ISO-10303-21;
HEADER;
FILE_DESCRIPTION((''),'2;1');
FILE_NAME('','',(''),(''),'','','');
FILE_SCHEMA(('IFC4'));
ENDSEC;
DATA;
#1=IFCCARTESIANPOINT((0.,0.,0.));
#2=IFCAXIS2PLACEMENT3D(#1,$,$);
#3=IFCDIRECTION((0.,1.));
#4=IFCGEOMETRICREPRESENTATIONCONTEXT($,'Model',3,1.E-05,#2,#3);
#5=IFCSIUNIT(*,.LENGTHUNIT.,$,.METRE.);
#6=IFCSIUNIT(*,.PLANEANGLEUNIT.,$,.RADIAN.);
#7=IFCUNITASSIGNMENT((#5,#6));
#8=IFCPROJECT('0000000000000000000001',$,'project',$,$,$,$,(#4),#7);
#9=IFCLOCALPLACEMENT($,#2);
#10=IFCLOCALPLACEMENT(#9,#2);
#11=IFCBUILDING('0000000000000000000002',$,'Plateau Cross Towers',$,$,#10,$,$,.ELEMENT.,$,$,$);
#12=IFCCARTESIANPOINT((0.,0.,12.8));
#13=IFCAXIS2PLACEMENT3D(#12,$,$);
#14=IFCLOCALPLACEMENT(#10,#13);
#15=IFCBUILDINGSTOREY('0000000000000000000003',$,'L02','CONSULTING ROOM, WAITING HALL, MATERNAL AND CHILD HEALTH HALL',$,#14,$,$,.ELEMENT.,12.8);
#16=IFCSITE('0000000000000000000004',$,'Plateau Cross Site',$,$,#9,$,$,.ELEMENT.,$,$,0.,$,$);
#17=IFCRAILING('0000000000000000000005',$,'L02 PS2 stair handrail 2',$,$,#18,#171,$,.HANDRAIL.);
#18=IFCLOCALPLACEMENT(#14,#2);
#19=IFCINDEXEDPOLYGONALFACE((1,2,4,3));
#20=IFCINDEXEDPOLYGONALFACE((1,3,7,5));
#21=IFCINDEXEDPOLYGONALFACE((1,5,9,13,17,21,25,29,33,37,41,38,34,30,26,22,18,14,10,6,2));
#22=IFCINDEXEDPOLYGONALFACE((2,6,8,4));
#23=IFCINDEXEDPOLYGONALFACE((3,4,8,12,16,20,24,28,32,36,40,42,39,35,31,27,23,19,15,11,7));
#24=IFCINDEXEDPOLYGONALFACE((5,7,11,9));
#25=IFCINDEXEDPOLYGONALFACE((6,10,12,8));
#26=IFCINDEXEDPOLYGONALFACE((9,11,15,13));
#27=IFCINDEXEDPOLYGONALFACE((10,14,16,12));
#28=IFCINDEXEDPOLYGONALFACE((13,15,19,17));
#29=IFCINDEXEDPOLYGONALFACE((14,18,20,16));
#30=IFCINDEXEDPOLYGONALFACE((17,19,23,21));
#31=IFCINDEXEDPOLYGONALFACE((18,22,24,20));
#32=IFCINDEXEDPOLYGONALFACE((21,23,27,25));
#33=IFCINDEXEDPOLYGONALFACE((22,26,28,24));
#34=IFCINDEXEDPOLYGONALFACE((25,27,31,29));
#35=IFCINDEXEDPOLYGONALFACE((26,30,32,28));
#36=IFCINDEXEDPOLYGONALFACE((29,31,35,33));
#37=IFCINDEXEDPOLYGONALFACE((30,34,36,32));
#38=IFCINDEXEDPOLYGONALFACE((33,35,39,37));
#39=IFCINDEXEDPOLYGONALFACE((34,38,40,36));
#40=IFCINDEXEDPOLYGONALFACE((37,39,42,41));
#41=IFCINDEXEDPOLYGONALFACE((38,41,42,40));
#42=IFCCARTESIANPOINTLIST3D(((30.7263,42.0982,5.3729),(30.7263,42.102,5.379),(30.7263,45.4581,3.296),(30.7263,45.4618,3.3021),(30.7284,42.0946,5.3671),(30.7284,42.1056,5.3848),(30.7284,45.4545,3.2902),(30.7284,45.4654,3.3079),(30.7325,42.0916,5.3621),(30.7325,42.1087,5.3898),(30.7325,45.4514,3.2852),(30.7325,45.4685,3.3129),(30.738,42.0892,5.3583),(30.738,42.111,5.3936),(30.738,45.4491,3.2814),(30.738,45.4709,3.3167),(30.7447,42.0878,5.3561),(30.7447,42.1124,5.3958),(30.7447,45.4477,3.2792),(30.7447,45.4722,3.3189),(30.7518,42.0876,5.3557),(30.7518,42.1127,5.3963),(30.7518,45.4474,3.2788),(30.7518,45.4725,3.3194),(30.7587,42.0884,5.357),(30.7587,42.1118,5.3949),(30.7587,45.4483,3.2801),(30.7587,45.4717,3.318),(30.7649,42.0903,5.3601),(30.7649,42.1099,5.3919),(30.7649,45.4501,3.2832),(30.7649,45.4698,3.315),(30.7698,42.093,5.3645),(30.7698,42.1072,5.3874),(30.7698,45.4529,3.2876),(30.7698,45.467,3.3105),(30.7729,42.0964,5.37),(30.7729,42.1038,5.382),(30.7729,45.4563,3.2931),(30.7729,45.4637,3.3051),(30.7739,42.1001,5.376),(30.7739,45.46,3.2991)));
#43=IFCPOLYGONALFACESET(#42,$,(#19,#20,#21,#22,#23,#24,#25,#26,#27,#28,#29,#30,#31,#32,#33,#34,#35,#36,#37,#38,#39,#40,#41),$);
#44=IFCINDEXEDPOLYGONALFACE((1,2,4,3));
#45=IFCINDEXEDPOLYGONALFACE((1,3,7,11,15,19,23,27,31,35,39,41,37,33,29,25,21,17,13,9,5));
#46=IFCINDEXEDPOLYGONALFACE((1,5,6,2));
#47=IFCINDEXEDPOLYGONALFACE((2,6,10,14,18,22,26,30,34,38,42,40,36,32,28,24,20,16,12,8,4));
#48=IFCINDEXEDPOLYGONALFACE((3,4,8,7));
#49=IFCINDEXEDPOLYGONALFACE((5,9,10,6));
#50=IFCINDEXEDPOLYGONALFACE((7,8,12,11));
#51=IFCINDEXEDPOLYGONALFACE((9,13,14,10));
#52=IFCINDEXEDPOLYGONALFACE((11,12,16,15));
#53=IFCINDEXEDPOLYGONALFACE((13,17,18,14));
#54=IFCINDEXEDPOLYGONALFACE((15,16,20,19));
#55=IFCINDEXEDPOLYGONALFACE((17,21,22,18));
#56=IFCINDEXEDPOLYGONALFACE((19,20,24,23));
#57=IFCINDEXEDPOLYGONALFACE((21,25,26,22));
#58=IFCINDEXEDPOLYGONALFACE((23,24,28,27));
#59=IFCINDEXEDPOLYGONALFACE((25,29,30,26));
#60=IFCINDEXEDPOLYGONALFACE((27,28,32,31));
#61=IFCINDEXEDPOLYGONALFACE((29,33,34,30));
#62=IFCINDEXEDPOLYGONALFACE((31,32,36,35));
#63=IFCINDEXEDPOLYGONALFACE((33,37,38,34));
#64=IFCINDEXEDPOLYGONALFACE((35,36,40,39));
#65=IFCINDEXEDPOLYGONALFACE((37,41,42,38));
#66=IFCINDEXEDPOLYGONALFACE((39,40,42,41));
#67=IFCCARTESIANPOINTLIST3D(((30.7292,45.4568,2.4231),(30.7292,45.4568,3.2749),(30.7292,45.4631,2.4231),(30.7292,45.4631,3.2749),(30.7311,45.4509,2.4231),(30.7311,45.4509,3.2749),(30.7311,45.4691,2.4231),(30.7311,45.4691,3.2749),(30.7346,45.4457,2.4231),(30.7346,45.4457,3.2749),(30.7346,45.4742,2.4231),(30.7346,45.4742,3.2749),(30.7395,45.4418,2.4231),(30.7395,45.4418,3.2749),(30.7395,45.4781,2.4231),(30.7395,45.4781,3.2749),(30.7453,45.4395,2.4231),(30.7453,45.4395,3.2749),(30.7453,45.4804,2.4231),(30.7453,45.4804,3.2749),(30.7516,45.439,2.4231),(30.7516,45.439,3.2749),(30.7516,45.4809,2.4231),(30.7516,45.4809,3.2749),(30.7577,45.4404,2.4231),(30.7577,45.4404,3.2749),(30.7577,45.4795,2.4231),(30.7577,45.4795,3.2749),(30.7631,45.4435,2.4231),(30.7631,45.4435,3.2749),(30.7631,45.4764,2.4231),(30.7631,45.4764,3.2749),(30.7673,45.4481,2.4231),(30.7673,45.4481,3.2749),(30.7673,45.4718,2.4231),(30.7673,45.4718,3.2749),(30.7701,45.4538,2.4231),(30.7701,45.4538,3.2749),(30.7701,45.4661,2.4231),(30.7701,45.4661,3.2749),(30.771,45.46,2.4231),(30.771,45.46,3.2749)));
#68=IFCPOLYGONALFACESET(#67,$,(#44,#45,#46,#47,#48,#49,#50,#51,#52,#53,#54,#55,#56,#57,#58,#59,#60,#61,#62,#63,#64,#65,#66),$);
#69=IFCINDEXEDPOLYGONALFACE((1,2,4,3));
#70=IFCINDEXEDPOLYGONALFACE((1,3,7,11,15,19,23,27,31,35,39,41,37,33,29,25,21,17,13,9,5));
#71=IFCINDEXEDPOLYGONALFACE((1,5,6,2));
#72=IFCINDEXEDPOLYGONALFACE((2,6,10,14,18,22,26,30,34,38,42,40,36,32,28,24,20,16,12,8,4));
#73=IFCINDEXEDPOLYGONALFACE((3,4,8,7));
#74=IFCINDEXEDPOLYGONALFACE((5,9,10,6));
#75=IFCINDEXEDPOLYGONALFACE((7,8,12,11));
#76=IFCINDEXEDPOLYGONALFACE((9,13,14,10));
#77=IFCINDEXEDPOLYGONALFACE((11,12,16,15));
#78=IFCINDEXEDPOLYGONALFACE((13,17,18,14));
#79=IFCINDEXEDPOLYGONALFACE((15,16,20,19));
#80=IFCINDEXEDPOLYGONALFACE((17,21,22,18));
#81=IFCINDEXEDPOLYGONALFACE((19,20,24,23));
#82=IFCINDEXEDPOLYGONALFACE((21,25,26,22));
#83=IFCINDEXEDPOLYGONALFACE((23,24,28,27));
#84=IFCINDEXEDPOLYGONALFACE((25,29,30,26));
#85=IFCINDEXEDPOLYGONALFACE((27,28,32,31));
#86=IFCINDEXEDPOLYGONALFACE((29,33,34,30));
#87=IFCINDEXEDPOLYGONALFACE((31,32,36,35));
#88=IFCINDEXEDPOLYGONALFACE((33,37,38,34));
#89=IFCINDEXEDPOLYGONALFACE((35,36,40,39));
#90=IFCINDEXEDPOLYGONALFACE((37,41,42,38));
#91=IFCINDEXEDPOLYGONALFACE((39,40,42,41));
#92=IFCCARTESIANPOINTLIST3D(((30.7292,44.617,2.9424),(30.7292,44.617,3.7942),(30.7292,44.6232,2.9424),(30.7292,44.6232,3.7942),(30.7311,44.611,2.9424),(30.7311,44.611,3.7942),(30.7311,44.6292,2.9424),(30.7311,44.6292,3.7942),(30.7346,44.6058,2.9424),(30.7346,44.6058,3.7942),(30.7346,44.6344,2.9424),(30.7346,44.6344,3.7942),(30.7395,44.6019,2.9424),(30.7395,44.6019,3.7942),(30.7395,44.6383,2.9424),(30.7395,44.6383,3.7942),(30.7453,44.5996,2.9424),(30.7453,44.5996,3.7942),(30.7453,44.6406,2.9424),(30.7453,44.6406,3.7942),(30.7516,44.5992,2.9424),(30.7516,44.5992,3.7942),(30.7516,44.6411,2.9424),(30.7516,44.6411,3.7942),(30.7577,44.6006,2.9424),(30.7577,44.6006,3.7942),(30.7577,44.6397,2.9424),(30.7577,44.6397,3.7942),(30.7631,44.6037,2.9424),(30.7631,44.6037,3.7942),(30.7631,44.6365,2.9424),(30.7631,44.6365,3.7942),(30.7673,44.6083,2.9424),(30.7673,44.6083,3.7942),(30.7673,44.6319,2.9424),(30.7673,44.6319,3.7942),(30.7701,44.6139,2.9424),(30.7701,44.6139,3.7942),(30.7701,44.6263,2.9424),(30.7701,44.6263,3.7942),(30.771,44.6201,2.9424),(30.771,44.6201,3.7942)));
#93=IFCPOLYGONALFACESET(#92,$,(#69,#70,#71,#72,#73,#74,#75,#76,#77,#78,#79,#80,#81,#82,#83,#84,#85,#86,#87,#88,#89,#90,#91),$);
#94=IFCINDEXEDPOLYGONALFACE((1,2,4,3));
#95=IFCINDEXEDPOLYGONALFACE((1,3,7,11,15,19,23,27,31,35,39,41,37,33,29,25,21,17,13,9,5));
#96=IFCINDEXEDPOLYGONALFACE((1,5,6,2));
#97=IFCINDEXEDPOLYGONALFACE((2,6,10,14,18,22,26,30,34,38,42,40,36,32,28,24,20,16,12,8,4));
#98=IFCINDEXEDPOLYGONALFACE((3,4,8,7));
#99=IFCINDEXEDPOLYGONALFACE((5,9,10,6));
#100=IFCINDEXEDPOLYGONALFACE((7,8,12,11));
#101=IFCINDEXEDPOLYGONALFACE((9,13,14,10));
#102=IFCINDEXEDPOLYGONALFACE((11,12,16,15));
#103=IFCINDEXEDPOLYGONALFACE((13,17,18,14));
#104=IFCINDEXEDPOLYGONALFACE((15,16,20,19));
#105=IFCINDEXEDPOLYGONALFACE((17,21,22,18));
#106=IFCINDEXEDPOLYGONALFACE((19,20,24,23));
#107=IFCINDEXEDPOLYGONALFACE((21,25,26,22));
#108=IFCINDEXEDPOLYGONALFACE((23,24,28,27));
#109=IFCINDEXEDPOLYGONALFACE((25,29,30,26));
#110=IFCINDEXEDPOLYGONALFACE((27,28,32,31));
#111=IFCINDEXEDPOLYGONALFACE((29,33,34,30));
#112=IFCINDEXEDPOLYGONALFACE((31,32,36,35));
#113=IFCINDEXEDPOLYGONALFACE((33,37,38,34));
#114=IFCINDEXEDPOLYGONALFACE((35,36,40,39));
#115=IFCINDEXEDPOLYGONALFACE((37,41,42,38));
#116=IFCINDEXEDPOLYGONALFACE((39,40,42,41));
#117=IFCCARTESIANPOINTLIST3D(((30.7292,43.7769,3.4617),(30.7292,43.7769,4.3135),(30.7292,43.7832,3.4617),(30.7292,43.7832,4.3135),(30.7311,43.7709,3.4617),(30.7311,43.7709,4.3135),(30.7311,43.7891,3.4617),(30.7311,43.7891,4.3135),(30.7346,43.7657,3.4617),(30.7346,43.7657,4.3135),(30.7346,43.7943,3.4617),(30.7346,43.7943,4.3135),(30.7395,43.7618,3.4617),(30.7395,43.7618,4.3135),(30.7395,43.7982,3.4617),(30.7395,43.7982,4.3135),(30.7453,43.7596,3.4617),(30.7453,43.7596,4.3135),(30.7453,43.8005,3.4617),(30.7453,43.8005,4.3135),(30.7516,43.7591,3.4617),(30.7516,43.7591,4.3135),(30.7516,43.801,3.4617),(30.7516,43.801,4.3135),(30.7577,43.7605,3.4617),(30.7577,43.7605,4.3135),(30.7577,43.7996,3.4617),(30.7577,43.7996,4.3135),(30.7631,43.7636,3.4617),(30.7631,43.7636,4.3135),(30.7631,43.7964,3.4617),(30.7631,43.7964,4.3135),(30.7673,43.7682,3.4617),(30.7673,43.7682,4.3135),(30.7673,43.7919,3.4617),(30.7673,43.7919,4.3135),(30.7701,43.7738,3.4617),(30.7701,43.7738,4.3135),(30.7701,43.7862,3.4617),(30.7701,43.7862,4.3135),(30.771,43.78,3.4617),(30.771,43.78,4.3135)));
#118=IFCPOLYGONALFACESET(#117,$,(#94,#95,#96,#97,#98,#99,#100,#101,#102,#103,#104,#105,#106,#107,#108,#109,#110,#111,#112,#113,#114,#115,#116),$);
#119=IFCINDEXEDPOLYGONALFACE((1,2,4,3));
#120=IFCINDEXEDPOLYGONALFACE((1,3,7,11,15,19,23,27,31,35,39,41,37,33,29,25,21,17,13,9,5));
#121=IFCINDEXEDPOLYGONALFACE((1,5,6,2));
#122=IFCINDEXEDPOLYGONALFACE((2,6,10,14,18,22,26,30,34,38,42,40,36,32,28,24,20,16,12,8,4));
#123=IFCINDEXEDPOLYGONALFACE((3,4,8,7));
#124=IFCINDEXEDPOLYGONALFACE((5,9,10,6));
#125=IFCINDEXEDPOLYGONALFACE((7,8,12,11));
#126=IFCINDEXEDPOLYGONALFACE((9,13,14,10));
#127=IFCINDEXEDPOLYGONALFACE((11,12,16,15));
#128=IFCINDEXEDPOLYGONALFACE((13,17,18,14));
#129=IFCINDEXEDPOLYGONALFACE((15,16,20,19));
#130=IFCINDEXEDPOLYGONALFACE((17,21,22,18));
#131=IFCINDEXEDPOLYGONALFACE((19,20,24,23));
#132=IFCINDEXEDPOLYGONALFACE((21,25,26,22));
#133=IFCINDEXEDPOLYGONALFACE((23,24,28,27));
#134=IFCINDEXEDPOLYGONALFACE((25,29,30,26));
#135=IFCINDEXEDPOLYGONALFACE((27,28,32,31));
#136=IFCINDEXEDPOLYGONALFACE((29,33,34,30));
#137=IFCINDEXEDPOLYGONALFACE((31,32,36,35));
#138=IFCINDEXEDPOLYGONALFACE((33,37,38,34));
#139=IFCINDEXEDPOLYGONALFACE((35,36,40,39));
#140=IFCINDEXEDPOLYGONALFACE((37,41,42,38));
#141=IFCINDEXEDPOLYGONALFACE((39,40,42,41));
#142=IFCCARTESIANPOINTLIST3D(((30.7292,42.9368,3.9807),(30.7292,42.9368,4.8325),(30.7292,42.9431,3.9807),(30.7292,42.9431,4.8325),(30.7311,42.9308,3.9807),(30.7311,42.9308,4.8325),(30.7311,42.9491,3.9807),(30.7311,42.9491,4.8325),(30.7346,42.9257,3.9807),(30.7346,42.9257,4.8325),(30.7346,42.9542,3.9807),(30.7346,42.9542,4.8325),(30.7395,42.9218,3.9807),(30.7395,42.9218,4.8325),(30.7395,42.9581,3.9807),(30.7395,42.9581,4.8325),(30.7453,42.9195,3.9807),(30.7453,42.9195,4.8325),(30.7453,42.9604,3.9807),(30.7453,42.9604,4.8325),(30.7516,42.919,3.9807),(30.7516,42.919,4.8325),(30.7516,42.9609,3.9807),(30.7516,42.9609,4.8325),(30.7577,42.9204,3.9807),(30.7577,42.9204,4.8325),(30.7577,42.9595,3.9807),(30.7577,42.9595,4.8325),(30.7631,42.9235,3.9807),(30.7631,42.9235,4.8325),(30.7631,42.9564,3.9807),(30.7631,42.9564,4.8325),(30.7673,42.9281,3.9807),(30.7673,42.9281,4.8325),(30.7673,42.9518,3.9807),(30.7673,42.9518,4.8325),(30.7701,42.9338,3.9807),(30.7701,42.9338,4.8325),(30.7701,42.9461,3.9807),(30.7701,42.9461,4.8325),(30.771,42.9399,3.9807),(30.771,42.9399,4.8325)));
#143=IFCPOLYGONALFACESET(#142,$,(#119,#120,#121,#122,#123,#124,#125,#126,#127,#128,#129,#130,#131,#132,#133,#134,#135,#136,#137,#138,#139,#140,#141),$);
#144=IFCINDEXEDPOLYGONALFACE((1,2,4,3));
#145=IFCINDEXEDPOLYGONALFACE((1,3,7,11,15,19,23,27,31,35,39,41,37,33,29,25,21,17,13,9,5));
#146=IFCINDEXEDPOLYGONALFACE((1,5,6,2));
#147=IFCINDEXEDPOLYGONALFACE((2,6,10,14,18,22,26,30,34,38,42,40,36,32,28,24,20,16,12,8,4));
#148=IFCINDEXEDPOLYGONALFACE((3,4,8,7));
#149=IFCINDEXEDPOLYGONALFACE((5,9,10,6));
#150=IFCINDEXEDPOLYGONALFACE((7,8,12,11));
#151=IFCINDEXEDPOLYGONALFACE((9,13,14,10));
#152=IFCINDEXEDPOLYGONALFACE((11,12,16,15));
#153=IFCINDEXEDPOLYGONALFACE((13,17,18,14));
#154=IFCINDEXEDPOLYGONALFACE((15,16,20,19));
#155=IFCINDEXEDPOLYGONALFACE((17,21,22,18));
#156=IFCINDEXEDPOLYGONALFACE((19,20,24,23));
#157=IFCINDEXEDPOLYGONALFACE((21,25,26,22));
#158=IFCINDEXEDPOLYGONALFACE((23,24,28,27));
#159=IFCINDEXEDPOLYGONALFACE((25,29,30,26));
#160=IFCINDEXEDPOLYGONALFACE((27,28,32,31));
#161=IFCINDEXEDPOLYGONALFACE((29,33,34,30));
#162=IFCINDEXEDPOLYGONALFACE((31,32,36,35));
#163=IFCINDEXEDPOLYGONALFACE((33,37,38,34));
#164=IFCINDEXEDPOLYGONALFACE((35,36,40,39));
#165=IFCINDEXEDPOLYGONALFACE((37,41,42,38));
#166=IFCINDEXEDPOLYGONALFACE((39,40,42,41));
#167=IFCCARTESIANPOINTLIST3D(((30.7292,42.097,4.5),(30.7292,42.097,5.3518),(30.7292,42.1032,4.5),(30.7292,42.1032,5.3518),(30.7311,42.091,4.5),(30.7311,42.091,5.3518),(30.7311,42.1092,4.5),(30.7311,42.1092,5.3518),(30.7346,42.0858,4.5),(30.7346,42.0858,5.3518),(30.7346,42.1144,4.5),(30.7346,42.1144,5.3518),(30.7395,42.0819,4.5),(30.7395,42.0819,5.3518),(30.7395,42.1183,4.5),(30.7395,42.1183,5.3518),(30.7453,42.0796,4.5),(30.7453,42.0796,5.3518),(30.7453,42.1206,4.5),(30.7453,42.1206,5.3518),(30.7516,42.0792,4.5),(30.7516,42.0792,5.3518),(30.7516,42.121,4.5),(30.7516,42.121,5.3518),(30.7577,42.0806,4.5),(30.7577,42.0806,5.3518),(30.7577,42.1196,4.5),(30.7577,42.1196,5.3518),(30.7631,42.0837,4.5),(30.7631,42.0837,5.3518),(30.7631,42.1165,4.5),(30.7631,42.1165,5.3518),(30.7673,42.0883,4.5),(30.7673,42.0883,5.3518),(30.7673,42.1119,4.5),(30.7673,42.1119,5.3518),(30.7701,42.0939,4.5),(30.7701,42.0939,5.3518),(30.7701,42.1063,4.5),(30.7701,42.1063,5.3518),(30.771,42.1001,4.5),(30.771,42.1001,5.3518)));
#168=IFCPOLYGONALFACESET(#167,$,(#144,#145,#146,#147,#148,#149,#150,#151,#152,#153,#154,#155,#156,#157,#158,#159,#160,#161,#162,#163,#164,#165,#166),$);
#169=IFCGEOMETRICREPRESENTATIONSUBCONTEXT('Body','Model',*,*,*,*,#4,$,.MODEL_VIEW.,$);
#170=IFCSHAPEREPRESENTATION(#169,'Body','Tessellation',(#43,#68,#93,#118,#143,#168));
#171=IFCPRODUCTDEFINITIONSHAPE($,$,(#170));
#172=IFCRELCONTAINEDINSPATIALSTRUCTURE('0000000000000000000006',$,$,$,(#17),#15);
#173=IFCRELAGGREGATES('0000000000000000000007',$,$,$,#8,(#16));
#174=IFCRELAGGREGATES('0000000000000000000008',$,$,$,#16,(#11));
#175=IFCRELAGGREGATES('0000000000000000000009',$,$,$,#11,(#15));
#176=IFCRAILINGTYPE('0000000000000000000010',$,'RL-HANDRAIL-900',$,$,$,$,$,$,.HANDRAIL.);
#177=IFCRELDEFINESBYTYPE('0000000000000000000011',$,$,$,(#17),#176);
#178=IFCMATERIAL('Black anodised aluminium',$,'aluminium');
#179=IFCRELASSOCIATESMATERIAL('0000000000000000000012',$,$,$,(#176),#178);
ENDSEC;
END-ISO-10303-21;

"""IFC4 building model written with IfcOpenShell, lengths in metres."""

from ifc_helpers import new_model, si_unit, direction, frame, origin, origin_2d, place, context, subcontext, project, spatial, circle, extrude, material, type_object, element, save


model = new_model("IFC4")

# Units and contexts
model_context = context("Model", 3, precision=1e-05, world=origin(), true_north=direction((0.0, 1.0)))
body_context = subcontext(model_context, "Body", "Model", "MODEL_VIEW")
ifc_project = project(units=[si_unit("LENGTHUNIT", "METRE"), si_unit("PLANEANGLEUNIT", "RADIAN")], contexts=[model_context])

# Site, building, storey
site_placement = place(None, origin())
site = spatial("IfcSite", under=ifc_project, at=site_placement, Name="Plateau Cross Site", CompositionType="ELEMENT", RefElevation=0.0)
building_placement = place(site_placement, origin())
building = spatial("IfcBuilding", under=site, at=building_placement, Name="Plateau Cross Towers", CompositionType="ELEMENT")
storey_placement = place(building_placement, frame((0.0, 0.0, 12.8)))
storey = spatial("IfcBuildingStorey", under=building, at=storey_placement, Name="L02", Description="CONSULTING ROOM, WAITING HALL, MATERNAL AND CHILD HEALTH HALL", CompositionType="ELEMENT", Elevation=12.8)

# Shared definitions
ifc_material_1 = material(Name="Black anodised aluminium", Category="aluminium")

# Railing
railing_type_1 = type_object("IfcRailingType", Name="RL-HANDRAIL-900", PredefinedType="HANDRAIL", material=ifc_material_1)
railing_1_placement = place(storey_placement, frame((30.75, 45.46, 2.4231)))
element("IfcRailing", 1, at=railing_1_placement, inside=storey, type_object=railing_type_1, Name="L02 PS2 stair handrail 2", PredefinedType="HANDRAIL", context=body_context, shape_type="SweptSolid", body=[
    extrude(circle(Radius=0.0239, at=origin_2d()), frame((0.0, 0.0, 0.876), z_axis=(0.0, -0.850606, 0.525803), x_axis=(1.0, 0.0, 0.0)), (0.0, 0.0, 1.0), 3.95),
    extrude(circle(Radius=0.021, at=origin_2d()), origin(), (0.0, 0.0, 1.0), 0.8518),
    extrude(circle(Radius=0.021, at=origin_2d()), frame((0.0, -0.8398, 0.5193)), (0.0, 0.0, 1.0), 0.8518),
    extrude(circle(Radius=0.021, at=origin_2d()), frame((0.0, -1.6799, 1.0386)), (0.0, 0.0, 1.0), 0.8518),
    extrude(circle(Radius=0.021, at=origin_2d()), frame((0.0, -2.52, 1.5576)), (0.0, 0.0, 1.0), 0.8518),
    extrude(circle(Radius=0.021, at=origin_2d()), frame((0.0, -3.3599, 2.0769)), (0.0, 0.0, 1.0), 0.8518),
])

save(model, "model.ifc")
